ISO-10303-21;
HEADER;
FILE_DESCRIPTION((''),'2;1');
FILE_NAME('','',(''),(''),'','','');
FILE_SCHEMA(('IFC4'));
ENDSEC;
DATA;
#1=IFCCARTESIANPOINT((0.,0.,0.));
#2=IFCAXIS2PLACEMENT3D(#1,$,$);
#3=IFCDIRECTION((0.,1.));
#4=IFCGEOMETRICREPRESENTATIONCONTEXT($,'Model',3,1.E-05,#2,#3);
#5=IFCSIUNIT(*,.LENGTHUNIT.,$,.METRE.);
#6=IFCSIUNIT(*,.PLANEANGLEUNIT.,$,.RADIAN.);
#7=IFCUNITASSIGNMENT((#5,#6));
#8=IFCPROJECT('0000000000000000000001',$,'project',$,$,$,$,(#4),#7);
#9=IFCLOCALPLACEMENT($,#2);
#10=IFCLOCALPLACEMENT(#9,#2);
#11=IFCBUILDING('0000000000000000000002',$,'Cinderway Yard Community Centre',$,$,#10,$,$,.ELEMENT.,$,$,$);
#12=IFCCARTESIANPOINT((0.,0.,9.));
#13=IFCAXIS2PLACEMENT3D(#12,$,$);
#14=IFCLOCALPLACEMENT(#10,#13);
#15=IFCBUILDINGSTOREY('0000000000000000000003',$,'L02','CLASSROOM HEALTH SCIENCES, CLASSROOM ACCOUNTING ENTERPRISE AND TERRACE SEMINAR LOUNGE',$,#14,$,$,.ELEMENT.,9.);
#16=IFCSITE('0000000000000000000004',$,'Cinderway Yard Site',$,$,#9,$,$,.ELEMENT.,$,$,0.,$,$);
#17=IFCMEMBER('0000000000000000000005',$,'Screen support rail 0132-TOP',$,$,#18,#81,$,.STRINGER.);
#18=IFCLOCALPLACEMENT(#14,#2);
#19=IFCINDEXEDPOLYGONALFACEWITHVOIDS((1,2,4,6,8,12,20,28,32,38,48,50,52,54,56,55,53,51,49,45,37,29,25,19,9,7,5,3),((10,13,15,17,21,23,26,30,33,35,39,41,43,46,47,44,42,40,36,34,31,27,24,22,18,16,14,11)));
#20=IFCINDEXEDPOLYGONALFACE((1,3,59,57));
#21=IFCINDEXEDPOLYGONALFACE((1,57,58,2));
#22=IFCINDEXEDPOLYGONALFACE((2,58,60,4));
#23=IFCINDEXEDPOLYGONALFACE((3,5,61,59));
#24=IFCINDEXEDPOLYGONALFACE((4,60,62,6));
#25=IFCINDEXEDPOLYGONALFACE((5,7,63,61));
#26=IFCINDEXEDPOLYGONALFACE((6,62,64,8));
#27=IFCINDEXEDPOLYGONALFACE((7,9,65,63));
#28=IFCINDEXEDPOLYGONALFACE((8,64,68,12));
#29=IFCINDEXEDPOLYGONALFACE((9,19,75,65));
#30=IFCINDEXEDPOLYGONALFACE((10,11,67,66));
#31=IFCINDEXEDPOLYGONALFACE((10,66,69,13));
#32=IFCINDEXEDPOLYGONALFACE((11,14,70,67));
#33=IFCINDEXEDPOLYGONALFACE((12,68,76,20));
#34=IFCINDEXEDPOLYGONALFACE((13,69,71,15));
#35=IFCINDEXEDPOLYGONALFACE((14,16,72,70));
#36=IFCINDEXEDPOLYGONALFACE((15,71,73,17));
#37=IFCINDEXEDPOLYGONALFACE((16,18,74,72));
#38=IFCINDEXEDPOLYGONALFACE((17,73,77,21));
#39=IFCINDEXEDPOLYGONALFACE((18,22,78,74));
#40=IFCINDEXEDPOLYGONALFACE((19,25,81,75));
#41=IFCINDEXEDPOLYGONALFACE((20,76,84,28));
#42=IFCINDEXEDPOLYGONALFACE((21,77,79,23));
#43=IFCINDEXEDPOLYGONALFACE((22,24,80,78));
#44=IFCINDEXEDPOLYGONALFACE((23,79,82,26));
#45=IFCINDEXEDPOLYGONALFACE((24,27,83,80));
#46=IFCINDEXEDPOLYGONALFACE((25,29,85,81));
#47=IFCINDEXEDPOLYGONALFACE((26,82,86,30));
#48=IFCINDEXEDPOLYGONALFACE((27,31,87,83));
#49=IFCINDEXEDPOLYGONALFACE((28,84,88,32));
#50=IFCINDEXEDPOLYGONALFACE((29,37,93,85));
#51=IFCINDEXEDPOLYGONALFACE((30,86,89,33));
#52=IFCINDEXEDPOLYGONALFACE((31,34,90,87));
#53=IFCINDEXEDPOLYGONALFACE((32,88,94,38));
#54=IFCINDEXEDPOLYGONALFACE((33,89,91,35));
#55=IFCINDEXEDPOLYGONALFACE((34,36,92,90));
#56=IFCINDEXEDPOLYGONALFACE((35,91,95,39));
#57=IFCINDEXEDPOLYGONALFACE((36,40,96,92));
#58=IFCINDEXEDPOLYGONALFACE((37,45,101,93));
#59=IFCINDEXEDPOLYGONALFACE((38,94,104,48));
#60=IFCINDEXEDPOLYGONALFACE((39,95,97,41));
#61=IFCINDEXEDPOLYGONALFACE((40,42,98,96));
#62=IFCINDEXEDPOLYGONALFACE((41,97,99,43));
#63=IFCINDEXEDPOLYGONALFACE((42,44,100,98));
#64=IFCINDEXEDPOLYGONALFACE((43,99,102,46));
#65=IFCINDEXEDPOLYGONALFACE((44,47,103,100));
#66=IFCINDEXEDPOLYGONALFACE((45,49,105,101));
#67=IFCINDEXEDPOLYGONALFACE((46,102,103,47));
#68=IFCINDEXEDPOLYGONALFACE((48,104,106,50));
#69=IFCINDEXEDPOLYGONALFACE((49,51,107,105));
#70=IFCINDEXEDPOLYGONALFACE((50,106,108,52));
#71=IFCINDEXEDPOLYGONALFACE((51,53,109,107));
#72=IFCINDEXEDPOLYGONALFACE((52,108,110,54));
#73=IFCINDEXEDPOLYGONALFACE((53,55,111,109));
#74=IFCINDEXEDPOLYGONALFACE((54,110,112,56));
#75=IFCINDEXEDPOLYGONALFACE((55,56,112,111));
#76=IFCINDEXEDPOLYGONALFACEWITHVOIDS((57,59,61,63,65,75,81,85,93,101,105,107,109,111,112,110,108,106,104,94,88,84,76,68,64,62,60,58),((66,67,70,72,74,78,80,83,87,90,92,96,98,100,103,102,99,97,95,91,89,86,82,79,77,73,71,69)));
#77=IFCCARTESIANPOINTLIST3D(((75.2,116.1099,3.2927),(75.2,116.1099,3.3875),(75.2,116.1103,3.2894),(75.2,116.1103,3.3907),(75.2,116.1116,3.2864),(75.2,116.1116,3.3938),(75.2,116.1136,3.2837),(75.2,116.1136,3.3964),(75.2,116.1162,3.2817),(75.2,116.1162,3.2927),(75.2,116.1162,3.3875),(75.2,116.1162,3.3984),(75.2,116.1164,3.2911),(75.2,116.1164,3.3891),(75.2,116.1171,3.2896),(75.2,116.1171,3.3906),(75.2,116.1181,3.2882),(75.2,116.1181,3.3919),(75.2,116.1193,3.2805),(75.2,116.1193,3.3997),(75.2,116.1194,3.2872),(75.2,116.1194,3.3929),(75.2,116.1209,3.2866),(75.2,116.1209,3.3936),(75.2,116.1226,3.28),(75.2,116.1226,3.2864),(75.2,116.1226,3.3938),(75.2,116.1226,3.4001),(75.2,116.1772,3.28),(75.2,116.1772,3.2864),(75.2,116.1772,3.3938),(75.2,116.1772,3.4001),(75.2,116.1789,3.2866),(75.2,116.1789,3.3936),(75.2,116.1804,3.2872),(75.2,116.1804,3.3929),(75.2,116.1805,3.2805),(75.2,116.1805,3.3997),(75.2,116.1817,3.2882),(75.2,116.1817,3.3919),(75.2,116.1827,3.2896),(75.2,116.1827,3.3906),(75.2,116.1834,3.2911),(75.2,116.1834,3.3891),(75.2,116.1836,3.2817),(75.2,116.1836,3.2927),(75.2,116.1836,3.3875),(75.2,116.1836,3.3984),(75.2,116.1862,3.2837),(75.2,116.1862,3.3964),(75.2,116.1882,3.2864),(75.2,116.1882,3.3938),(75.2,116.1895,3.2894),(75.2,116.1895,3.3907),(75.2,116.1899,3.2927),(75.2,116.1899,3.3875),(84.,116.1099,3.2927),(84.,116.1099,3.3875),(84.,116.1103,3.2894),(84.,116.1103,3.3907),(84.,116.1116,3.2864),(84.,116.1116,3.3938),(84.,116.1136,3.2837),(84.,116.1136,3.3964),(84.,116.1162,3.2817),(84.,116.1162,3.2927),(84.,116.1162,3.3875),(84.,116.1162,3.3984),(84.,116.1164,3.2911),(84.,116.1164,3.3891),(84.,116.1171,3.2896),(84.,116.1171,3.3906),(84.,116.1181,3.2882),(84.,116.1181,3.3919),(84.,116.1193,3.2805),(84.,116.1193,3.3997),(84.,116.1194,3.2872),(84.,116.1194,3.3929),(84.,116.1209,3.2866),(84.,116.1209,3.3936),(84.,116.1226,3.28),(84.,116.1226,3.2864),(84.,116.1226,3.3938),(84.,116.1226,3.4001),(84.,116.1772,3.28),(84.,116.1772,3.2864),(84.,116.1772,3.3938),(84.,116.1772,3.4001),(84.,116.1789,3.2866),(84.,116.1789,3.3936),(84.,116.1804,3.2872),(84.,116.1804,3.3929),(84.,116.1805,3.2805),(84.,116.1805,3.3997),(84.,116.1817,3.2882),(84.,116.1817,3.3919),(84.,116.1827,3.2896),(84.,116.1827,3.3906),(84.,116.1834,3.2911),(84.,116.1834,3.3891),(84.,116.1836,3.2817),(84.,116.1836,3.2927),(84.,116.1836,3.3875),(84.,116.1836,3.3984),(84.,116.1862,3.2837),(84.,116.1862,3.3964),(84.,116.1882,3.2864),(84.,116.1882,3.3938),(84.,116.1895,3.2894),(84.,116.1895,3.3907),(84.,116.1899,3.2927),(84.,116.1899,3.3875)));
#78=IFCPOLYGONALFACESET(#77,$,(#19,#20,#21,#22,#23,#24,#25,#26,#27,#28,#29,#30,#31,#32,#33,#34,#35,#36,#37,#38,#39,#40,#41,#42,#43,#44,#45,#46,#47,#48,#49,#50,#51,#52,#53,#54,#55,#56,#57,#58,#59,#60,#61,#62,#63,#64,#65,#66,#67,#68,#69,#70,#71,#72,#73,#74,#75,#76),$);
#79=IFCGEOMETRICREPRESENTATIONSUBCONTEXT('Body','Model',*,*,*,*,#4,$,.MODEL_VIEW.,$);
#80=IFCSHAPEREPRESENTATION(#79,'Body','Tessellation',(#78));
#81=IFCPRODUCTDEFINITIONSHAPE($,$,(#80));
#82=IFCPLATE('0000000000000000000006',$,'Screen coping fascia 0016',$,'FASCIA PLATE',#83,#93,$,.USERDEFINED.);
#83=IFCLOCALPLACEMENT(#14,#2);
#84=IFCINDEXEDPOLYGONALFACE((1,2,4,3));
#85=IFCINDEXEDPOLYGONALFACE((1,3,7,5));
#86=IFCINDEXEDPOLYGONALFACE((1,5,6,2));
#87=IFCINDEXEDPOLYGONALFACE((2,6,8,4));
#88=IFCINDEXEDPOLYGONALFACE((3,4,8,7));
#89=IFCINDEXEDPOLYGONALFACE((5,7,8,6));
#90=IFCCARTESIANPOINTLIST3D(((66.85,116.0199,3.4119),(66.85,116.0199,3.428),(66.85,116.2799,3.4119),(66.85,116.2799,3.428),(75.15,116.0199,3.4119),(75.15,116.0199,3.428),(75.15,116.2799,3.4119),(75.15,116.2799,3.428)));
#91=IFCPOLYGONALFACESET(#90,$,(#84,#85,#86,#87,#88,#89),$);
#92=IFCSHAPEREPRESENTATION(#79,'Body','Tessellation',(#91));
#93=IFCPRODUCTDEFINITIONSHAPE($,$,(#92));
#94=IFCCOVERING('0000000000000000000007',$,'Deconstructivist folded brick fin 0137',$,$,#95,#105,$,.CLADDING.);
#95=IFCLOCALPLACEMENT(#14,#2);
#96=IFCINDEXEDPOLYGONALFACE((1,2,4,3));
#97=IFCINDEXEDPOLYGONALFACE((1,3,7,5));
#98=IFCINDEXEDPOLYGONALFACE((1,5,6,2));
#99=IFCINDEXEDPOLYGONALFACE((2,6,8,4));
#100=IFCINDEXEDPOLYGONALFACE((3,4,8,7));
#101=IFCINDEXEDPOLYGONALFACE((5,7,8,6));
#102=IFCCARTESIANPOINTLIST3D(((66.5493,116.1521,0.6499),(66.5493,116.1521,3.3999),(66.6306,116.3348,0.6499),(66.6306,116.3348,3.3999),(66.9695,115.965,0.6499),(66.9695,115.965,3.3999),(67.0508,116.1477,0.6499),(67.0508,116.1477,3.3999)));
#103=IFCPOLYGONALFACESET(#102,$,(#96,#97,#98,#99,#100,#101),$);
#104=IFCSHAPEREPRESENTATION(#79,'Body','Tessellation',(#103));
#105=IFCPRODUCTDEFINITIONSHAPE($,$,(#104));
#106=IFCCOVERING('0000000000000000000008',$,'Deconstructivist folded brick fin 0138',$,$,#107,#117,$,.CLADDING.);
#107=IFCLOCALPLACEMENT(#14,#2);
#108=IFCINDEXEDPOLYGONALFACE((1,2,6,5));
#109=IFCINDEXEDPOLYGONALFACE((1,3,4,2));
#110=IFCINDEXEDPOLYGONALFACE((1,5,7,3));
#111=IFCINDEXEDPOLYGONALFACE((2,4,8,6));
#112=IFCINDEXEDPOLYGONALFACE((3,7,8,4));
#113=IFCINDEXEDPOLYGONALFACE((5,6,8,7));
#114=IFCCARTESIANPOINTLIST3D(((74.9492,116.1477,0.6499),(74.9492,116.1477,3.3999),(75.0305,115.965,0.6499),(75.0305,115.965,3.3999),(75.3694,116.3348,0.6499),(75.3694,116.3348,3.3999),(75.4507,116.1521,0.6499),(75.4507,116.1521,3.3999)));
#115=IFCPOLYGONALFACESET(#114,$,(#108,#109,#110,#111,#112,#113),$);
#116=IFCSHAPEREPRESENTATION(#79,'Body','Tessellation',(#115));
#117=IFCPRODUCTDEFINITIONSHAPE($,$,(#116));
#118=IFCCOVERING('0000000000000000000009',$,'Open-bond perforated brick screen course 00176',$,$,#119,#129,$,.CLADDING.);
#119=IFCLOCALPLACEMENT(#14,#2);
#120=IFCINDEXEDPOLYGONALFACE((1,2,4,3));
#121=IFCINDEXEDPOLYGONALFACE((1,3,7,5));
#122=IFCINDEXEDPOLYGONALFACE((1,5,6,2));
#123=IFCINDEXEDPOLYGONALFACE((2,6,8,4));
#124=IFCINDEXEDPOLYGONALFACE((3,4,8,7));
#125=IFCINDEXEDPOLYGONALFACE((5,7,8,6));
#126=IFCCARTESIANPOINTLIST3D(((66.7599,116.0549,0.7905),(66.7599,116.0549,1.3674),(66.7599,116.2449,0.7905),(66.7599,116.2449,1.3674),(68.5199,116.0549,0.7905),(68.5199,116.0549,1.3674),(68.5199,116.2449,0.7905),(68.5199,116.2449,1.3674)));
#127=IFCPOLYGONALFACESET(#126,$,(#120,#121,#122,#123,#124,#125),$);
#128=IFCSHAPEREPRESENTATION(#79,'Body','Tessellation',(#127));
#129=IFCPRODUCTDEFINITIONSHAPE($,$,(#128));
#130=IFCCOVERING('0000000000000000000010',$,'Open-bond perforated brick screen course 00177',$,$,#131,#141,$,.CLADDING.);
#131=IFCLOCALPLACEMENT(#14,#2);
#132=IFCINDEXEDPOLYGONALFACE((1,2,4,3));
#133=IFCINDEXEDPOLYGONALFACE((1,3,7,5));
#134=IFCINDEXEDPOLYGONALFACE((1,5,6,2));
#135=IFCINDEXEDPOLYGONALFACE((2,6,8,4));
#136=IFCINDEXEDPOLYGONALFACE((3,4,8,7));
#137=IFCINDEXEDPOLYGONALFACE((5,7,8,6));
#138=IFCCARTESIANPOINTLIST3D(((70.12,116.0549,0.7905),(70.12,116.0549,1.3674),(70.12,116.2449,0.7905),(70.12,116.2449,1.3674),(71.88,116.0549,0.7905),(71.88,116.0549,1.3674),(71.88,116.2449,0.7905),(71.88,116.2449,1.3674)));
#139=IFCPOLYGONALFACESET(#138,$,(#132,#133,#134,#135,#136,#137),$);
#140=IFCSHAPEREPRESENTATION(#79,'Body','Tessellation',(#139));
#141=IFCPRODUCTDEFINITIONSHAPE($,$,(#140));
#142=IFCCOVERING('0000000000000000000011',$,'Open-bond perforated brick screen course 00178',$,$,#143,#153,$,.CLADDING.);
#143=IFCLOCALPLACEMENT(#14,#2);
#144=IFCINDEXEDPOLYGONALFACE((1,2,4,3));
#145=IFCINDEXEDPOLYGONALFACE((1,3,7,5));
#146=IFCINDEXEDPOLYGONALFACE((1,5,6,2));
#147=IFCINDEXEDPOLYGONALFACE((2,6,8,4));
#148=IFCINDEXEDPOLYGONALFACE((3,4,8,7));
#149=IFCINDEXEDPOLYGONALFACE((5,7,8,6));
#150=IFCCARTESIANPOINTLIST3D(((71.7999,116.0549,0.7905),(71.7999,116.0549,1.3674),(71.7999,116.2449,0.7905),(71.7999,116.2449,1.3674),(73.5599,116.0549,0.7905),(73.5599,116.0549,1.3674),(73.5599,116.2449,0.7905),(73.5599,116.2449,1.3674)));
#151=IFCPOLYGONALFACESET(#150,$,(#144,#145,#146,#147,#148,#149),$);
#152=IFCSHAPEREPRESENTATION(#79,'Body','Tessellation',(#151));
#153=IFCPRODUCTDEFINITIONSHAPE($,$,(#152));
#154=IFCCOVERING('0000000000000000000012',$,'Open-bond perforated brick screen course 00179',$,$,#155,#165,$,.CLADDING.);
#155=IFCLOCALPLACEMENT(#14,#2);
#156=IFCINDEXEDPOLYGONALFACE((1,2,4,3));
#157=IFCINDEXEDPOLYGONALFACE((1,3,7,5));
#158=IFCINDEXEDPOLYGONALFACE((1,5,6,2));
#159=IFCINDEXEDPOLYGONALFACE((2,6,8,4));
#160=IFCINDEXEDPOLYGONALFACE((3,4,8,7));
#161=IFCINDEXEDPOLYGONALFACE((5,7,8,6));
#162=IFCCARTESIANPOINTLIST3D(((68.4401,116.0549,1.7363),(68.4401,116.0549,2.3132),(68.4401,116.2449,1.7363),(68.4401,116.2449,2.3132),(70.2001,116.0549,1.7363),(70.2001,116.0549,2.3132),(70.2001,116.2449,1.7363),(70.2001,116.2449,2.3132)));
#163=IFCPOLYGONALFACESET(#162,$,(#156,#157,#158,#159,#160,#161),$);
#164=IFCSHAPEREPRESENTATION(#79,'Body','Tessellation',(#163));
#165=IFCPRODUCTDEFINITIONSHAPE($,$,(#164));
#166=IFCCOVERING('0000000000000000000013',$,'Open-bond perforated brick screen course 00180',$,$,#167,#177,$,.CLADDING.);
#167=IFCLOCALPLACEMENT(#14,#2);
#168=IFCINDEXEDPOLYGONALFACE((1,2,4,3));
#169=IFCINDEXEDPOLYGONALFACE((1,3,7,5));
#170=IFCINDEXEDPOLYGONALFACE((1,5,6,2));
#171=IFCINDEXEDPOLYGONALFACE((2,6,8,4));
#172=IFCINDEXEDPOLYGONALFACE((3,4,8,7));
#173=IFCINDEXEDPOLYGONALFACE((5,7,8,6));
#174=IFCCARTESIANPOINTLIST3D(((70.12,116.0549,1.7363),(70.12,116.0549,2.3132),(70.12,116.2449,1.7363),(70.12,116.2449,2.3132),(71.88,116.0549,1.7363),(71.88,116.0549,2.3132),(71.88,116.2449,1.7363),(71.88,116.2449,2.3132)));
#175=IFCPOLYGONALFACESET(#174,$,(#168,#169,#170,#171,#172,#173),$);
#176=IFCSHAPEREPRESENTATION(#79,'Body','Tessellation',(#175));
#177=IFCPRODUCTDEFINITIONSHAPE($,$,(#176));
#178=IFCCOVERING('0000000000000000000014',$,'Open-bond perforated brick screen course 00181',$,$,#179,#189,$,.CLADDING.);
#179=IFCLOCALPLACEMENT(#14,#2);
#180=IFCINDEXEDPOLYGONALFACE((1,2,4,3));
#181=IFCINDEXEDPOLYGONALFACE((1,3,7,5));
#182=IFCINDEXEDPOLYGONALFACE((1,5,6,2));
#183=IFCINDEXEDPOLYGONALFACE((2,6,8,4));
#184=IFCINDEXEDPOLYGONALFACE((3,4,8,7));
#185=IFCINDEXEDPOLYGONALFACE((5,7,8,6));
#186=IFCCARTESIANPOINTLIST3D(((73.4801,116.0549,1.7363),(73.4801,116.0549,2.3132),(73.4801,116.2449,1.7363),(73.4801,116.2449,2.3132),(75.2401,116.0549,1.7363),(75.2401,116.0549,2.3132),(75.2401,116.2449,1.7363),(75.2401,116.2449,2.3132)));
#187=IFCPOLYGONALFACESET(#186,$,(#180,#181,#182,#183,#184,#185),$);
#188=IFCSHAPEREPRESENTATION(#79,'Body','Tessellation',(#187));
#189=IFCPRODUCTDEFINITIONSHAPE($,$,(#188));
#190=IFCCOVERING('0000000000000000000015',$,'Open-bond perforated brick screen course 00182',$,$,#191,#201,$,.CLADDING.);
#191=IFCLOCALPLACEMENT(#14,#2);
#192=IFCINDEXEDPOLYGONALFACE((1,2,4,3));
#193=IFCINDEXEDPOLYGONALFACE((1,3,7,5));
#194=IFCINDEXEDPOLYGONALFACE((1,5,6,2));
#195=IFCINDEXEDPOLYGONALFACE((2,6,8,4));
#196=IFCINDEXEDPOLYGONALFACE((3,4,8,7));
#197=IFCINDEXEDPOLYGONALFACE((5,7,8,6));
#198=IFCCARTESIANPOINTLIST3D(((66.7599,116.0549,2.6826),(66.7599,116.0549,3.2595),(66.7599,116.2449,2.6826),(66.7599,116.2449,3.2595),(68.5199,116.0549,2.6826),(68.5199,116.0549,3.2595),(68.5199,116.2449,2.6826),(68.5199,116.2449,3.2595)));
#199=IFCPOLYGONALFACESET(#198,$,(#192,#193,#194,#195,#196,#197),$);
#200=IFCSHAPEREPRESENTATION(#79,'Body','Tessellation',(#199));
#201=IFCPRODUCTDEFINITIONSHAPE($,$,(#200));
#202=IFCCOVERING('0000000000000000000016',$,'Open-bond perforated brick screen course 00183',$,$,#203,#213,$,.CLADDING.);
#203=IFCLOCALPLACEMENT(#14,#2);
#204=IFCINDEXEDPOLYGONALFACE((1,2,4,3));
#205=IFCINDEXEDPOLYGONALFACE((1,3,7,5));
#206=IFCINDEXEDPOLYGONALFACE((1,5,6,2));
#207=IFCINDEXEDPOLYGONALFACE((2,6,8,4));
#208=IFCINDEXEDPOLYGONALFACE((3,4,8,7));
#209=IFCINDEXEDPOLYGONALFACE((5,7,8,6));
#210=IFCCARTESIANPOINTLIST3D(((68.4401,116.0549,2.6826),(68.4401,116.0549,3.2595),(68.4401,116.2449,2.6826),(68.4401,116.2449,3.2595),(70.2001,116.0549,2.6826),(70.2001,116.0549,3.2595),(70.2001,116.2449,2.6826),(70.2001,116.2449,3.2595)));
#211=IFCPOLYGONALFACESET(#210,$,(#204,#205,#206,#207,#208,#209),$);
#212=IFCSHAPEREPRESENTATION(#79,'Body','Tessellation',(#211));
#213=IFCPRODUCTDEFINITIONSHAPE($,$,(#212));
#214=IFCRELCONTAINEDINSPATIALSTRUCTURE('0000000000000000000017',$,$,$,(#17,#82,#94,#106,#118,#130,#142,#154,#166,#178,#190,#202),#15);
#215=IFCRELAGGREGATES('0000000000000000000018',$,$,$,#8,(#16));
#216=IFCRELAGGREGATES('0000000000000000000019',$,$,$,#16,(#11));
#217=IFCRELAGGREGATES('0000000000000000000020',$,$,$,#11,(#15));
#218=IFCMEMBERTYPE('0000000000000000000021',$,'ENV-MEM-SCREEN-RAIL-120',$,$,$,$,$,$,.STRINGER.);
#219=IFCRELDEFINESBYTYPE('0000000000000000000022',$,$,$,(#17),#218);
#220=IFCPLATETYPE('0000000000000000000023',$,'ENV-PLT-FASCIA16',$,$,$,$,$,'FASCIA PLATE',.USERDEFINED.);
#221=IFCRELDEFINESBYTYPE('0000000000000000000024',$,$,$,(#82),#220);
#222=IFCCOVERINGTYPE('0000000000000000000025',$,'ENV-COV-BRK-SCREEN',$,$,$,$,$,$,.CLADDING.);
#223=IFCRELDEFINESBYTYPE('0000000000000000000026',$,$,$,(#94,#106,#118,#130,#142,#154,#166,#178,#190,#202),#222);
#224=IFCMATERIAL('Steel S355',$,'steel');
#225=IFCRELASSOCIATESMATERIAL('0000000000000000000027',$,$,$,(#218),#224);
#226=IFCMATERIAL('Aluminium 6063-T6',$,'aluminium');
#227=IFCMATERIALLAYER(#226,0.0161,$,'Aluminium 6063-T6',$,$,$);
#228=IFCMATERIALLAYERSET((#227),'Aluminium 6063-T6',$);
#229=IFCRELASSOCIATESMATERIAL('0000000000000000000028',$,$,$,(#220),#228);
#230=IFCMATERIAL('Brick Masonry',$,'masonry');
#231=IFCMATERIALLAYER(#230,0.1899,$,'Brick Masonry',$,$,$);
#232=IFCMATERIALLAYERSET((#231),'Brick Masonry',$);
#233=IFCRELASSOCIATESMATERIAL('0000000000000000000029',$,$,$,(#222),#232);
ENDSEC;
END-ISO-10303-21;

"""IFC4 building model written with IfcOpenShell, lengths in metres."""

from ifc_helpers import new_model, si_unit, direction, frame, origin, origin_2d, place, context, subcontext, project, spatial, rectangle, hollow_rectangle, extrude, material, layer, layer_set, material_profile, profile_set, type_object, element, save


model = new_model("IFC4")

# Units and contexts
model_context = context("Model", 3, precision=1e-05, world=origin(), true_north=direction((0.0, 1.0)))
body_context = subcontext(model_context, "Body", "Model", "MODEL_VIEW")
ifc_project = project(units=[si_unit("LENGTHUNIT", "METRE"), si_unit("PLANEANGLEUNIT", "RADIAN")], contexts=[model_context])

# Site, building, storey
site_placement = place(None, origin())
site = spatial("IfcSite", under=ifc_project, at=site_placement, Name="Cinderway Yard Site", CompositionType="ELEMENT", RefElevation=0.0)
building_placement = place(site_placement, origin())
building = spatial("IfcBuilding", under=site, at=building_placement, Name="Cinderway Yard Community Centre", CompositionType="ELEMENT")
storey_placement = place(building_placement, frame((0.0, 0.0, 9.0)))
storey = spatial("IfcBuildingStorey", under=building, at=storey_placement, Name="L02", Description="CLASSROOM HEALTH SCIENCES, CLASSROOM ACCOUNTING ENTERPRISE AND TERRACE SEMINAR LOUNGE", CompositionType="ELEMENT", Elevation=9.0)

# Member
ifc_material_1 = material(Name="Steel S355", Category="steel")
ifc_material_profile = material_profile(ifc_material_1, hollow_rectangle(XDim=0.0801, YDim=0.1201, WallThickness=0.0063, InnerFilletRadius=0.0063, OuterFilletRadius=0.0127, at=origin_2d()), Name="Steel S355")
ifc_profile_set = profile_set([ifc_material_profile], Name="Steel S355")
member_type = type_object("IfcMemberType", Name="ENV-MEM-SCREEN-RAIL-120", PredefinedType="STRINGER", material=ifc_profile_set)
for number, where, z_axis, x_axis, name in (
    (1, (75.2, 116.1499, 3.3401), (1.0, 0.0, 0.0), (0.0, 1.0, 0.0), "Screen support rail 0132-TOP"),
):
    element("IfcMember", number, at=place(storey_placement, frame(where, z_axis=z_axis, x_axis=x_axis)), inside=storey, type_object=member_type, Name=name, PredefinedType="STRINGER", context=body_context, shape_type="SweptSolid", body=[
        extrude(hollow_rectangle(XDim=0.0801, YDim=0.1201, WallThickness=0.0063, InnerFilletRadius=0.0063, OuterFilletRadius=0.0127, at=origin_2d()), origin(), (0.0, 0.0, 1.0), 8.8),
    ])

# Plate
ifc_material_2 = material(Name="Aluminium 6063-T6", Category="aluminium")
ifc_layer_1 = layer(ifc_material_2, 0.0161, Name="Aluminium 6063-T6")
ifc_layer_set_1 = layer_set([ifc_layer_1], Name="Aluminium 6063-T6")
plate_type = type_object("IfcPlateType", Name="ENV-PLT-FASCIA16", ElementType="FASCIA PLATE", PredefinedType="USERDEFINED", material=ifc_layer_set_1)
plate_placement = place(storey_placement, frame((71.0, 116.1499, 3.4119), z_axis=(0.0, 0.0, 1.0), x_axis=(1.0, 0.0, 0.0)))
element("IfcPlate", 2, at=plate_placement, inside=storey, type_object=plate_type, Name="Screen coping fascia 0016", ObjectType="FASCIA PLATE", PredefinedType="USERDEFINED", context=body_context, shape_type="SweptSolid", body=[
    extrude(rectangle(XDim=8.3, YDim=0.26, at=origin_2d()), origin(), (0.0, 0.0, 1.0), 0.0161),
])

# Coverings
ifc_material_3 = material(Name="Brick Masonry", Category="masonry")
ifc_layer_2 = layer(ifc_material_3, 0.1899, Name="Brick Masonry")
ifc_layer_set_2 = layer_set([ifc_layer_2], Name="Brick Masonry")
covering_type = type_object("IfcCoveringType", Name="ENV-COV-BRK-SCREEN", PredefinedType="CLADDING", material=ifc_layer_set_2)
for number, where, z_axis, x_axis, name in (
    (3, (66.8, 116.1499, 0.6499), (0.0, 0.0, 1.0), (0.913545, -0.406737, 0.0), "Deconstructivist folded brick fin 0137"),
    (4, (75.2, 116.1499, 0.6499), (0.0, 0.0, 1.0), (0.913545, 0.406737, 0.0), "Deconstructivist folded brick fin 0138"),
):
    element("IfcCovering", number, at=place(storey_placement, frame(where, z_axis=z_axis, x_axis=x_axis)), inside=storey, type_object=covering_type, Name=name, PredefinedType="CLADDING", context=body_context, shape_type="SweptSolid", body=[
        extrude(rectangle(XDim=0.46, YDim=0.2, at=origin_2d()), origin(), (0.0, 0.0, 1.0), 2.75),
    ])
for number, where, z_axis, x_axis, name in (
    (5, (67.6399, 116.1499, 0.7905), (0.0, 0.0, 1.0), (1.0, 0.0, 0.0), "Open-bond perforated brick screen course 00176"),
    (6, (71.0, 116.1499, 0.7905), (0.0, 0.0, 1.0), (1.0, 0.0, 0.0), "Open-bond perforated brick screen course 00177"),
    (7, (72.6799, 116.1499, 0.7905), (0.0, 0.0, 1.0), (1.0, 0.0, 0.0), "Open-bond perforated brick screen course 00178"),
    (8, (69.3201, 116.1499, 1.7363), (0.0, 0.0, 1.0), (1.0, 0.0, 0.0), "Open-bond perforated brick screen course 00179"),
    (9, (71.0, 116.1499, 1.7363), (0.0, 0.0, 1.0), (1.0, 0.0, 0.0), "Open-bond perforated brick screen course 00180"),
    (10, (74.3601, 116.1499, 1.7363), (0.0, 0.0, 1.0), (1.0, 0.0, 0.0), "Open-bond perforated brick screen course 00181"),
    (11, (67.6399, 116.1499, 2.6826), (0.0, 0.0, 1.0), (1.0, 0.0, 0.0), "Open-bond perforated brick screen course 00182"),
    (12, (69.3201, 116.1499, 2.6826), (0.0, 0.0, 1.0), (1.0, 0.0, 0.0), "Open-bond perforated brick screen course 00183"),
):
    element("IfcCovering", number, at=place(storey_placement, frame(where, z_axis=z_axis, x_axis=x_axis)), inside=storey, type_object=covering_type, Name=name, PredefinedType="CLADDING", context=body_context, shape_type="SweptSolid", body=[
        extrude(rectangle(XDim=1.76, YDim=0.1899, at=origin_2d()), origin(), (0.0, 0.0, 1.0), 0.5769),
    ])

save(model, "model.ifc")
